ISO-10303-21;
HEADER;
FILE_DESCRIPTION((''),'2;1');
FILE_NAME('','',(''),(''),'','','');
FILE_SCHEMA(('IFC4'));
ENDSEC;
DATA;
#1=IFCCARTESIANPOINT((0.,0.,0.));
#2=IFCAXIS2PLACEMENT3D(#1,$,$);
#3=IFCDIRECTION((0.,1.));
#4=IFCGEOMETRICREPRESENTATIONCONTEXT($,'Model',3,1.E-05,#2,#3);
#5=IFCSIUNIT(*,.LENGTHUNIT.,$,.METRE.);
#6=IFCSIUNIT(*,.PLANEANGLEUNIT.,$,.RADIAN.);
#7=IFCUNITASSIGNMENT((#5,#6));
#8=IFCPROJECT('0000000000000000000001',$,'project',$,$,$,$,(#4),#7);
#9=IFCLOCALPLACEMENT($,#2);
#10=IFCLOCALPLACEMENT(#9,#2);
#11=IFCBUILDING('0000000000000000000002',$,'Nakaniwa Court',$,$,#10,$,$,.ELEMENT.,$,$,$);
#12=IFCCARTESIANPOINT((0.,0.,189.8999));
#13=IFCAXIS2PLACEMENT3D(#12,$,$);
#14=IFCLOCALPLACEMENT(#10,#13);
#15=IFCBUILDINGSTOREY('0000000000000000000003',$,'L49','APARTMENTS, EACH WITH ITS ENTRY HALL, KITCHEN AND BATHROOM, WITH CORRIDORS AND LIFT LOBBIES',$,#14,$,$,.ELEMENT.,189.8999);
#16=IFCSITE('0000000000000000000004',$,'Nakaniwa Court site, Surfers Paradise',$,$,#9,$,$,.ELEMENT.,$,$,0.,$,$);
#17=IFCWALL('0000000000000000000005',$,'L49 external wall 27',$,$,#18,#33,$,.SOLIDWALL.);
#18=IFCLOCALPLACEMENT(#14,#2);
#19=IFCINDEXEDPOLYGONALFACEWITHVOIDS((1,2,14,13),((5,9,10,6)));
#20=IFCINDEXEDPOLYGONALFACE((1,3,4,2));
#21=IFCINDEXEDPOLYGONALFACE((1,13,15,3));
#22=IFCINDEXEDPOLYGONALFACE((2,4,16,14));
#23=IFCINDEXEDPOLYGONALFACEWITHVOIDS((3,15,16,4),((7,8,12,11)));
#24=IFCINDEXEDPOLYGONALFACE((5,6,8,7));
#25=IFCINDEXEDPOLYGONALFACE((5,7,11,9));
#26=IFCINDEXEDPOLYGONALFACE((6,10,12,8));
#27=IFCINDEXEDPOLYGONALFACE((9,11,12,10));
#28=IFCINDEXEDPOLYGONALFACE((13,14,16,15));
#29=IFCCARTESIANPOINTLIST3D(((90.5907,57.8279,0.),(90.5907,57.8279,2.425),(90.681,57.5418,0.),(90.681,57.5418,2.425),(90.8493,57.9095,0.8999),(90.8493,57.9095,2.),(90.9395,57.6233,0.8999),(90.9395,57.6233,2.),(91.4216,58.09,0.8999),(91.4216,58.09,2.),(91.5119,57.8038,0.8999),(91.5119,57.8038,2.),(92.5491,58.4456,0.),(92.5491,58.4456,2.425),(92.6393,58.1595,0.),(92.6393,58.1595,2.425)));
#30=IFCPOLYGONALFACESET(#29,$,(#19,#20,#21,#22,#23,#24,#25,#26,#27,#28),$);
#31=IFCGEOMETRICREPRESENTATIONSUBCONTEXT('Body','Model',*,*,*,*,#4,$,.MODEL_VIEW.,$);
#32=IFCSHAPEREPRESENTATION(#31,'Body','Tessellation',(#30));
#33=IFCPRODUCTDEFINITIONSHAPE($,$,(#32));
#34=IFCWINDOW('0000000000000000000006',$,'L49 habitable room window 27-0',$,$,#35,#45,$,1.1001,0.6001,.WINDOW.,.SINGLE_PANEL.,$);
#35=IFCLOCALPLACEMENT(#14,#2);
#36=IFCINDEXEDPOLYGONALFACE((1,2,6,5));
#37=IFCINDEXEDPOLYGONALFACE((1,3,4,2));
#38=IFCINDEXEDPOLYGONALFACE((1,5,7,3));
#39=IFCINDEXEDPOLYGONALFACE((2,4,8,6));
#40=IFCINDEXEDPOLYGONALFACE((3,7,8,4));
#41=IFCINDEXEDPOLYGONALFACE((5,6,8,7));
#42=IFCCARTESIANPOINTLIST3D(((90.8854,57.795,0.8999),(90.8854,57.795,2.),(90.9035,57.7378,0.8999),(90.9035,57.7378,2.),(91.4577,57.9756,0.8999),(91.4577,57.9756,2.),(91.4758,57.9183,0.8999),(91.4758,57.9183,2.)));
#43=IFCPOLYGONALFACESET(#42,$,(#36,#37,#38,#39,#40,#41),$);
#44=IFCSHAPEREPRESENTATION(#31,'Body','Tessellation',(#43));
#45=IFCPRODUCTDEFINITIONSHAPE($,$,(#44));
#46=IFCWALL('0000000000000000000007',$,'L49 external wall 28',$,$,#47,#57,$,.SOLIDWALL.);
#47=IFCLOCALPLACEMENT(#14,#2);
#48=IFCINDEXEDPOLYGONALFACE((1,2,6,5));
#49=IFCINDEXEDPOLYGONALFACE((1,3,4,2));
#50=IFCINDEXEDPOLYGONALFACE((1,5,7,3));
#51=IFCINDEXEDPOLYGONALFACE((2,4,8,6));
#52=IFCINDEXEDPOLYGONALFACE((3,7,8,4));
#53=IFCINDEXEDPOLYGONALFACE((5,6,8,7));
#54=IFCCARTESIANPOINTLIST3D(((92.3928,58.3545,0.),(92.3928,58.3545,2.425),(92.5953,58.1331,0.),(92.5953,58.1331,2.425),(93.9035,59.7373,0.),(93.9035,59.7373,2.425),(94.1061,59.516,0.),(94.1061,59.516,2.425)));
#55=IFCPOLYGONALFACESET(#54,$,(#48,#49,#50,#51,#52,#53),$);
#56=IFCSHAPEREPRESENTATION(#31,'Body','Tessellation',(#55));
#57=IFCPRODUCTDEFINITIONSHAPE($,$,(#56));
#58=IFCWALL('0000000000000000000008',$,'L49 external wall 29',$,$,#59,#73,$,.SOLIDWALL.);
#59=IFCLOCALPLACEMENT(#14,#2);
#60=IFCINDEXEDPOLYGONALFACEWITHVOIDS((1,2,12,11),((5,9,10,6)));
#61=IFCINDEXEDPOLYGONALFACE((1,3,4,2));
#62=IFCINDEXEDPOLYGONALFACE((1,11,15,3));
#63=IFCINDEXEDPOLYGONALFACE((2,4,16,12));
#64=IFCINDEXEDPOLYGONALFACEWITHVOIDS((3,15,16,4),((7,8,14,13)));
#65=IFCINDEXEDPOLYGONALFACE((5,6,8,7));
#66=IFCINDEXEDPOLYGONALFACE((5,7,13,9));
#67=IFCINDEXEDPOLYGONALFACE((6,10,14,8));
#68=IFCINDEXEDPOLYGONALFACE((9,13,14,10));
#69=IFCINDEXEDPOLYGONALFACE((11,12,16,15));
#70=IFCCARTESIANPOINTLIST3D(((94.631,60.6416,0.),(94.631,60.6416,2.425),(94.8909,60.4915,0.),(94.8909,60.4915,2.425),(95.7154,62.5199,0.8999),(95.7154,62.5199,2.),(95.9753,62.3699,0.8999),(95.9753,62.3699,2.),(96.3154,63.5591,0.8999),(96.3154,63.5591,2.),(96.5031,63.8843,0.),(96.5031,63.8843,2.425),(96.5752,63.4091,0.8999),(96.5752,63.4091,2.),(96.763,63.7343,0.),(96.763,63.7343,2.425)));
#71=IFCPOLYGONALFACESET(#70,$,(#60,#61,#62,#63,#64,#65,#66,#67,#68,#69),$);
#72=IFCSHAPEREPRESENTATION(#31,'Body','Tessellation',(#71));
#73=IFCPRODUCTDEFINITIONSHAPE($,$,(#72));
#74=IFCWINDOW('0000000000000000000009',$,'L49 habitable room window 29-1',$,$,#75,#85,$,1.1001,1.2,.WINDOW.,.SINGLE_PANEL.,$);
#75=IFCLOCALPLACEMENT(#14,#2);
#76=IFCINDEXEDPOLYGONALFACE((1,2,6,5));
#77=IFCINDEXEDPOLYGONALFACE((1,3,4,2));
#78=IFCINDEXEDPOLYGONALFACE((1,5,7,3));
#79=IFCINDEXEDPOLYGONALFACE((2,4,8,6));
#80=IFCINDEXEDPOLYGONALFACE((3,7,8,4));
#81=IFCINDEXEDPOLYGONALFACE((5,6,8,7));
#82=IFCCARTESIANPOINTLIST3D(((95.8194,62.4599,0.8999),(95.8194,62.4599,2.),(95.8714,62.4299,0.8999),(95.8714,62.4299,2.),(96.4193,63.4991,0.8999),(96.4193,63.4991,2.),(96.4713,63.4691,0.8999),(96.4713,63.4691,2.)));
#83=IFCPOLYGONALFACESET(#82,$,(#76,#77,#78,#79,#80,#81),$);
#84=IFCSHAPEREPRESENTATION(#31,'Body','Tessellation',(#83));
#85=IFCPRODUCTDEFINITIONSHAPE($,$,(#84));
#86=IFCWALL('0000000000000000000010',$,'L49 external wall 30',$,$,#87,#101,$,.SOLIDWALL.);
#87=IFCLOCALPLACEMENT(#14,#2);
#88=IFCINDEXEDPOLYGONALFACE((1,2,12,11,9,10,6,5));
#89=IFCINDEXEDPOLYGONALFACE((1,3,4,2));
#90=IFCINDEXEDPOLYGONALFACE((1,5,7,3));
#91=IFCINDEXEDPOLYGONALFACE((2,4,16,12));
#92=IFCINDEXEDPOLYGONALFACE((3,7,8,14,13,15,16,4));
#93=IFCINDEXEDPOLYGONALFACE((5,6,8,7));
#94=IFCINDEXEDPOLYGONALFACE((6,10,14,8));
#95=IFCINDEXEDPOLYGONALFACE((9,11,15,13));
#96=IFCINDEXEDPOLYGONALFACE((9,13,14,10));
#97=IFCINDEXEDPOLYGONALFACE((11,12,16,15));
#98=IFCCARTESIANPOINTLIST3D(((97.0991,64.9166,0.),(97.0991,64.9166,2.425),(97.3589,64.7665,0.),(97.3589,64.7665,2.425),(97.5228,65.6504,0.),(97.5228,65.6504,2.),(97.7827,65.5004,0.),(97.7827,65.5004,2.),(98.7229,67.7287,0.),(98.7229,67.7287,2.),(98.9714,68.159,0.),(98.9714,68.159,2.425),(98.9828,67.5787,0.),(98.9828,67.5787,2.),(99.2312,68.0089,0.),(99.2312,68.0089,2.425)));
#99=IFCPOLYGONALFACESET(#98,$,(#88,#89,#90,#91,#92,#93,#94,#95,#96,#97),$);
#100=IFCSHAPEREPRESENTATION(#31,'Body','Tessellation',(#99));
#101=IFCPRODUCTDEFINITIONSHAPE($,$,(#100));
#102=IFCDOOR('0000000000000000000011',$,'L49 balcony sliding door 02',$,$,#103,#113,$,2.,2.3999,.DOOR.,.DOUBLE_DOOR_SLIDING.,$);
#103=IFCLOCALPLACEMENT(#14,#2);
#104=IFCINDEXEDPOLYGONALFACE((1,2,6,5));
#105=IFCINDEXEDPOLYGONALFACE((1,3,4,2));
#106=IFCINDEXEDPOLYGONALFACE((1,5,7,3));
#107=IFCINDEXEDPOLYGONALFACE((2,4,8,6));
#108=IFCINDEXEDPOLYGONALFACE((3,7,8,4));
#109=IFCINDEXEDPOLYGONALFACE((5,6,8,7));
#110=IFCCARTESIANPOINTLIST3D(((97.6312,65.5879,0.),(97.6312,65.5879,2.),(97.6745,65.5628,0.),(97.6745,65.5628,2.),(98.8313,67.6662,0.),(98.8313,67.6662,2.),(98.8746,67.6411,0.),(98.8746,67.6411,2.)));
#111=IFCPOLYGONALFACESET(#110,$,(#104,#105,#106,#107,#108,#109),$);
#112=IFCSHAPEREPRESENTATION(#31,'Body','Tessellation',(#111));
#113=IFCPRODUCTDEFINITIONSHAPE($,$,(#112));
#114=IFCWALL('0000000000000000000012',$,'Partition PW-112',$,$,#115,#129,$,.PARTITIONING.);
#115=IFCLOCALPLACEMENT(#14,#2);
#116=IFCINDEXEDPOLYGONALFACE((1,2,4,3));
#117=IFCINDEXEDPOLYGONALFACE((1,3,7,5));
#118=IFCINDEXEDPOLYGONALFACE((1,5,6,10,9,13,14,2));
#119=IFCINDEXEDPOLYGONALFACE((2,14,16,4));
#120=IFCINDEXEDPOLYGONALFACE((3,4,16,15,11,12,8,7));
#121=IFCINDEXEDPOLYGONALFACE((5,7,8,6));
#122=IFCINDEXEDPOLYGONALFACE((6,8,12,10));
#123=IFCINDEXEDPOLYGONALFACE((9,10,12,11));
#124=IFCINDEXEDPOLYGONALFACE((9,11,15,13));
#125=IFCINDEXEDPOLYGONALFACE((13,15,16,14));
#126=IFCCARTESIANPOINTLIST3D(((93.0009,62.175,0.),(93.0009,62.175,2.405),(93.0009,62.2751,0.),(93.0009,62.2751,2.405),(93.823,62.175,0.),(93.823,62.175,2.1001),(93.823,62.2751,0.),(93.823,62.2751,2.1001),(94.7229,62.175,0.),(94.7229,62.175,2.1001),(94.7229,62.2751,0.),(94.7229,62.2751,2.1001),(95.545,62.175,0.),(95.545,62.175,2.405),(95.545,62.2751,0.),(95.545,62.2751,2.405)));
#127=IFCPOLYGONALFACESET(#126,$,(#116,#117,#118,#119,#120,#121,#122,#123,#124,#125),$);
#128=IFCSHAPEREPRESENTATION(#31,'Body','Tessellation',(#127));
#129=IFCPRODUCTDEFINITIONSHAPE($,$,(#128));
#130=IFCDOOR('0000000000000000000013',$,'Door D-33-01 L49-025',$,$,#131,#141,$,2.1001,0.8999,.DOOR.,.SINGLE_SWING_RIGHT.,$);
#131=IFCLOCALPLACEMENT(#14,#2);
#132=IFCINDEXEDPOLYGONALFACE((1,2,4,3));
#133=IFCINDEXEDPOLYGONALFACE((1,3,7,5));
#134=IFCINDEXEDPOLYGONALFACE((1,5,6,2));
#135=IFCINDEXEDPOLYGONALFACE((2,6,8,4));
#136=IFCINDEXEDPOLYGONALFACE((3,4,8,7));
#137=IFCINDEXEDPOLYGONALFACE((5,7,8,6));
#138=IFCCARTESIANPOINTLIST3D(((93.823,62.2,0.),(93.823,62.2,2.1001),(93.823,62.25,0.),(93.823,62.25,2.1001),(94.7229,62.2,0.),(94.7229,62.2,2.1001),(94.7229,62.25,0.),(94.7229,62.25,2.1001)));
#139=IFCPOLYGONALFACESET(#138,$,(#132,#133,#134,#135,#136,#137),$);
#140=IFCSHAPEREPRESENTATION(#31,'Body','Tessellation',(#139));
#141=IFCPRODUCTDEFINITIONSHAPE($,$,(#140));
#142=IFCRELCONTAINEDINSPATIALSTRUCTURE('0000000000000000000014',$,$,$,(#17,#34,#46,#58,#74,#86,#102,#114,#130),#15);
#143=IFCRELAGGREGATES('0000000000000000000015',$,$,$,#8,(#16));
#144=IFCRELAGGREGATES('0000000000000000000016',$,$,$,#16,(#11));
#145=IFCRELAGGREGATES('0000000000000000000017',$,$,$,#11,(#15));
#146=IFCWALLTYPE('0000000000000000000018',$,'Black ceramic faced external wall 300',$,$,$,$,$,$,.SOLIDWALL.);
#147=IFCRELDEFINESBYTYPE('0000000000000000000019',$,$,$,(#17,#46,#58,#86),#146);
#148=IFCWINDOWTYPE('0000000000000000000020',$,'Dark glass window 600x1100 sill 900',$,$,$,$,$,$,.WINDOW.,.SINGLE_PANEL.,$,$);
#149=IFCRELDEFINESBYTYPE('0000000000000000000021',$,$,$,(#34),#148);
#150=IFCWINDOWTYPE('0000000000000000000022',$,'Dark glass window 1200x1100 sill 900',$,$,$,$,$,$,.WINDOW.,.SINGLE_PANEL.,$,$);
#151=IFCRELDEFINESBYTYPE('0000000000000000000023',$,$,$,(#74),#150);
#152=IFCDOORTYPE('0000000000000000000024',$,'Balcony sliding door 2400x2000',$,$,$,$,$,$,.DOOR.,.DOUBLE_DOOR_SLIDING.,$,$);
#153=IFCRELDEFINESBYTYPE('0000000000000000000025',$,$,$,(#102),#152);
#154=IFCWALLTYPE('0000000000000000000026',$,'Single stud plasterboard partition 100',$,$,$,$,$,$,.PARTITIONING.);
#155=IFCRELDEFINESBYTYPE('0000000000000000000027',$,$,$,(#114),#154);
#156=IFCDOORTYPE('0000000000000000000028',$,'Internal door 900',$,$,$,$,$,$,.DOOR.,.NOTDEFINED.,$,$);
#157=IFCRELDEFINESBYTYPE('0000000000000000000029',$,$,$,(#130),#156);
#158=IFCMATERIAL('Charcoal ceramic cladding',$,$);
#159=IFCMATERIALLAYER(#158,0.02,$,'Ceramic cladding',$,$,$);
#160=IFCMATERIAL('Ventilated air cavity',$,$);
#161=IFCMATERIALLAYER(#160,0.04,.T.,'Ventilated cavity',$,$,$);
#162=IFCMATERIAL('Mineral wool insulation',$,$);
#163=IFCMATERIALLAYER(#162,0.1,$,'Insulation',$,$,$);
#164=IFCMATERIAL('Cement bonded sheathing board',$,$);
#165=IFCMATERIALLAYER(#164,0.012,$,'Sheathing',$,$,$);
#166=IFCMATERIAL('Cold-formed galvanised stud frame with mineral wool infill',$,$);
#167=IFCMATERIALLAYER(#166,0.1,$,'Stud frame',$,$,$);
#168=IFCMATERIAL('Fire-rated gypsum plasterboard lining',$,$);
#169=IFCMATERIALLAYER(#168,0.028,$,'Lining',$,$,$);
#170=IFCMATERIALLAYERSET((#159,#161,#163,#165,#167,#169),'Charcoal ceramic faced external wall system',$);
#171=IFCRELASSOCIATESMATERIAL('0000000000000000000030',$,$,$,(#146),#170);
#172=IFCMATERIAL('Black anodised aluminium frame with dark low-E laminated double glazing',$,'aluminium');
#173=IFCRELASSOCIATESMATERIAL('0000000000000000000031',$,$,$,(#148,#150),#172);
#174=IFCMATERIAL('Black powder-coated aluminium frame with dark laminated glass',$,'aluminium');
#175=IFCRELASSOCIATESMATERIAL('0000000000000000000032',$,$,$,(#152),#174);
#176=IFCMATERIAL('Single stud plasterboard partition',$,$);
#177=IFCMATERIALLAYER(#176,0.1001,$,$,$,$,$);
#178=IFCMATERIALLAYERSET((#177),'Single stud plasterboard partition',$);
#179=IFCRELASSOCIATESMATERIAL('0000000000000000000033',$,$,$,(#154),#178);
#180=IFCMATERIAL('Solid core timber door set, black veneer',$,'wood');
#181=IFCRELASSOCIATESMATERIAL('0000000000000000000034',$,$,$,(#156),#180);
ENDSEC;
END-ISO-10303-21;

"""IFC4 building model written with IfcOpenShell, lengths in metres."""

from ifc_helpers import new_model, si_unit, direction, frame, frame_2d, origin, place, context, subcontext, project, spatial, rectangle, extrude, material, layer, layer_set, type_object, element, fill, save


model = new_model("IFC4")

# Units and contexts
model_context = context("Model", 3, precision=1e-05, world=origin(), true_north=direction((0.0, 1.0)))
body_context = subcontext(model_context, "Body", "Model", "MODEL_VIEW")
ifc_project = project(units=[si_unit("LENGTHUNIT", "METRE"), si_unit("PLANEANGLEUNIT", "RADIAN")], contexts=[model_context])

# Site, building, storey
site_placement = place(None, origin())
site = spatial("IfcSite", under=ifc_project, at=site_placement, Name="Nakaniwa Court site, Surfers Paradise", CompositionType="ELEMENT", RefElevation=0.0)
building_placement = place(site_placement, origin())
building = spatial("IfcBuilding", under=site, at=building_placement, Name="Nakaniwa Court", CompositionType="ELEMENT")
storey_placement = place(building_placement, frame((0.0, 0.0, 189.8999)))
storey = spatial("IfcBuildingStorey", under=building, at=storey_placement, Name="L49", Description="APARTMENTS, EACH WITH ITS ENTRY HALL, KITCHEN AND BATHROOM, WITH CORRIDORS AND LIFT LOBBIES", CompositionType="ELEMENT", Elevation=189.8999)

# Shared definitions
ifc_material_1 = material(Name="Solid core timber door set, black veneer", Category="wood")

# Wall, opening, window
ifc_material_2 = material(Name="Charcoal ceramic cladding")
ifc_layer_1 = layer(ifc_material_2, 0.02, Name="Ceramic cladding")
ifc_material_3 = material(Name="Ventilated air cavity")
ifc_layer_2 = layer(ifc_material_3, 0.04, ventilated=True, Name="Ventilated cavity")
ifc_material_4 = material(Name="Mineral wool insulation")
ifc_layer_3 = layer(ifc_material_4, 0.1, Name="Insulation")
ifc_material_5 = material(Name="Cement bonded sheathing board")
ifc_layer_4 = layer(ifc_material_5, 0.012, Name="Sheathing")
ifc_material_6 = material(Name="Cold-formed galvanised stud frame with mineral wool infill")
ifc_layer_5 = layer(ifc_material_6, 0.1, Name="Stud frame")
ifc_material_7 = material(Name="Fire-rated gypsum plasterboard lining")
ifc_layer_6 = layer(ifc_material_7, 0.028, Name="Lining")
ifc_layer_set_1 = layer_set([ifc_layer_1, ifc_layer_2, ifc_layer_3, ifc_layer_4, ifc_layer_5, ifc_layer_6], Name="Charcoal ceramic faced external wall system")
wall_type_1 = type_object("IfcWallType", Name="Black ceramic faced external wall 300", PredefinedType="SOLIDWALL", material=ifc_layer_set_1)
wall_1_placement = place(storey_placement, frame((90.6357, 57.6848, 0.0), z_axis=(0.0, 0.0, 1.0), x_axis=(0.953683, 0.300813, 0.0)))
wall_1 = element("IfcWall", 1, at=wall_1_placement, inside=storey, type_object=wall_type_1, Name="L49 external wall 27", PredefinedType="SOLIDWALL", context=body_context, shape_type="SweptSolid", body=[
    extrude(rectangle(XDim=2.0535, YDim=0.3, at=frame_2d((1.0269, 0.0))), origin(), (0.0, 0.0, 1.0), 2.425),
])
opening_1_placement = place(wall_1_placement, frame((0.2712, 0.0, 0.8999)))
opening_1 = element("IfcOpeningElement", 2, at=opening_1_placement, cuts=wall_1, PredefinedType="OPENING", context=body_context, shape_type="SweptSolid", body=[
    extrude(rectangle(XDim=0.6001, YDim=1.1001, at=frame_2d((0.3, 0.55))), frame((0.0, 0.1599, 0.0), z_axis=(0.0, -1.0, 0.0), x_axis=(1.0, 0.0, 0.0)), (0.0, 0.0, 1.0), 0.3201),
])
ifc_material_8 = material(Name="Black anodised aluminium frame with dark low-E laminated double glazing", Category="aluminium")
window_type_1 = type_object("IfcWindowType", Name="Dark glass window 600x1100 sill 900", PartitioningType="SINGLE_PANEL", PredefinedType="WINDOW", material=ifc_material_8)
window_1_placement = place(opening_1_placement, origin())
window_1 = element("IfcWindow", 3, at=window_1_placement, inside=storey, type_object=window_type_1, Name="L49 habitable room window 27-0", OverallHeight=1.1001, OverallWidth=0.6001, PartitioningType="SINGLE_PANEL", PredefinedType="WINDOW", context=body_context, shape_type="SweptSolid", body=[
    extrude(rectangle(XDim=0.6001, YDim=1.1001, at=frame_2d((0.3, 0.55))), frame((0.0, 0.03, 0.0), z_axis=(0.0, -1.0, 0.0), x_axis=(1.0, 0.0, 0.0)), (0.0, 0.0, 1.0), 0.0601),
])
fill(opening_1, window_1)

# Wall
wall_2_placement = place(storey_placement, frame((92.4941, 58.2439, 0.0), z_axis=(0.0, 0.0, 1.0), x_axis=(0.737649, 0.675185, 0.0)))
element("IfcWall", 4, at=wall_2_placement, inside=storey, type_object=wall_type_1, Name="L49 external wall 28", PredefinedType="SOLIDWALL", context=body_context, shape_type="SweptSolid", body=[
    extrude(rectangle(XDim=2.0481, YDim=0.3, at=frame_2d((1.0239, 0.0))), origin(), (0.0, 0.0, 1.0), 2.425),
])

# Wall, opening, window
wall_3_placement = place(storey_placement, frame((94.761, 60.5667, 0.0), z_axis=(0.0, 0.0, 1.0), x_axis=(0.499982, 0.866036, 0.0)))
wall_3 = element("IfcWall", 5, at=wall_3_placement, inside=storey, type_object=wall_type_1, Name="L49 external wall 29", PredefinedType="SOLIDWALL", context=body_context, shape_type="SweptSolid", body=[
    extrude(rectangle(XDim=3.7444, YDim=0.3, at=frame_2d((1.8721, 0.0))), origin(), (0.0, 0.0, 1.0), 2.425),
])
opening_2_placement = place(wall_3_placement, frame((2.1687, 0.0, 0.8999)))
opening_2 = element("IfcOpeningElement", 6, at=opening_2_placement, cuts=wall_3, PredefinedType="OPENING", context=body_context, shape_type="SweptSolid", body=[
    extrude(rectangle(XDim=1.2, YDim=1.1001, at=frame_2d((0.6001, 0.55))), frame((0.0, 0.1599, 0.0), z_axis=(0.0, -1.0, 0.0), x_axis=(1.0, 0.0, 0.0)), (0.0, 0.0, 1.0), 0.3201),
])
window_type_2 = type_object("IfcWindowType", Name="Dark glass window 1200x1100 sill 900", PartitioningType="SINGLE_PANEL", PredefinedType="WINDOW", material=ifc_material_8)
window_2_placement = place(opening_2_placement, origin())
window_2 = element("IfcWindow", 7, at=window_2_placement, inside=storey, type_object=window_type_2, Name="L49 habitable room window 29-1", OverallHeight=1.1001, OverallWidth=1.2, PartitioningType="SINGLE_PANEL", PredefinedType="WINDOW", context=body_context, shape_type="SweptSolid", body=[
    extrude(rectangle(XDim=1.2, YDim=1.1001, at=frame_2d((0.6001, 0.55))), frame((0.0, 0.03, 0.0), z_axis=(0.0, -1.0, 0.0), x_axis=(1.0, 0.0, 0.0)), (0.0, 0.0, 1.0), 0.0601),
])
fill(opening_2, window_2)

# Walls, openings, doors
wall_4_placement = place(storey_placement, frame((97.229, 64.8416, 0.0), z_axis=(0.0, 0.0, 1.0), x_axis=(0.500059, 0.865991, 0.0)))
wall_4 = element("IfcWall", 8, at=wall_4_placement, inside=storey, type_object=wall_type_1, Name="L49 external wall 30", PredefinedType="SOLIDWALL", context=body_context, shape_type="SweptSolid", body=[
    extrude(rectangle(XDim=3.7441, YDim=0.3, at=frame_2d((1.8721, 0.0))), origin(), (0.0, 0.0, 1.0), 2.425),
])
opening_3_placement = place(wall_4_placement, frame((0.8474, 0.0, 0.0)))
opening_3 = element("IfcOpeningElement", 9, at=opening_3_placement, cuts=wall_4, PredefinedType="OPENING", context=body_context, shape_type="SweptSolid", body=[
    extrude(rectangle(XDim=2.3999, YDim=2.0, at=frame_2d((1.2, 1.0))), frame((0.0, 0.1599, 0.0), z_axis=(0.0, -1.0, 0.0), x_axis=(1.0, 0.0, 0.0)), (0.0, 0.0, 1.0), 0.3201),
])
ifc_material_9 = material(Name="Black powder-coated aluminium frame with dark laminated glass", Category="aluminium")
door_type_1 = type_object("IfcDoorType", Name="Balcony sliding door 2400x2000", OperationType="DOUBLE_DOOR_SLIDING", PredefinedType="DOOR", material=ifc_material_9)
door_1_placement = place(opening_3_placement, origin())
door_1 = element("IfcDoor", 10, at=door_1_placement, inside=storey, type_object=door_type_1, Name="L49 balcony sliding door 02", OperationType="DOUBLE_DOOR_SLIDING", OverallHeight=2.0, OverallWidth=2.3999, PredefinedType="DOOR", context=body_context, shape_type="SweptSolid", body=[
    extrude(rectangle(XDim=2.3999, YDim=2.0, at=frame_2d((1.2, 1.0))), frame((0.0, 0.0249, 0.0), z_axis=(0.0, -1.0, 0.0), x_axis=(1.0, 0.0, 0.0)), (0.0, 0.0, 1.0), 0.05),
])
fill(opening_3, door_1)
ifc_material_10 = material(Name="Single stud plasterboard partition")
ifc_layer_7 = layer(ifc_material_10, 0.1001)
ifc_layer_set_2 = layer_set([ifc_layer_7], Name="Single stud plasterboard partition")
wall_type_2 = type_object("IfcWallType", Name="Single stud plasterboard partition 100", PredefinedType="PARTITIONING", material=ifc_layer_set_2)
wall_5_placement = place(storey_placement, frame((93.001, 62.2251, 0.0), z_axis=(0.0, 0.0, 1.0), x_axis=(1.0, 0.0, 0.0)))
wall_5 = element("IfcWall", 11, at=wall_5_placement, inside=storey, type_object=wall_type_2, Name="Partition PW-112", PredefinedType="PARTITIONING", context=body_context, shape_type="SweptSolid", body=[
    extrude(rectangle(XDim=2.5442, YDim=0.1001, at=frame_2d((1.272, 0.0))), origin(), (0.0, 0.0, 1.0), 2.405),
])
opening_4_placement = place(wall_5_placement, frame((0.822, 0.0, 0.0)))
opening_4 = element("IfcOpeningElement", 12, at=opening_4_placement, cuts=wall_5, PredefinedType="OPENING", context=body_context, shape_type="SweptSolid", body=[
    extrude(rectangle(XDim=0.8999, YDim=2.1001, at=frame_2d((0.45, 1.05))), frame((0.0, 0.0601, 0.0), z_axis=(0.0, -1.0, 0.0), x_axis=(1.0, 0.0, 0.0)), (0.0, 0.0, 1.0), 0.1201),
])
door_type_2 = type_object("IfcDoorType", Name="Internal door 900", OperationType="NOTDEFINED", PredefinedType="DOOR", material=ifc_material_1)
door_2_placement = place(opening_4_placement, origin())
door_2 = element("IfcDoor", 13, at=door_2_placement, inside=storey, type_object=door_type_2, Name="Door D-33-01 L49-025", OperationType="SINGLE_SWING_RIGHT", OverallHeight=2.1001, OverallWidth=0.8999, PredefinedType="DOOR", context=body_context, shape_type="SweptSolid", body=[
    extrude(rectangle(XDim=0.8999, YDim=2.1001, at=frame_2d((0.45, 1.05))), frame((0.0, 0.0249, 0.0), z_axis=(0.0, -1.0, 0.0), x_axis=(1.0, 0.0, 0.0)), (0.0, 0.0, 1.0), 0.05),
])
fill(opening_4, door_2)

save(model, "model.ifc")
